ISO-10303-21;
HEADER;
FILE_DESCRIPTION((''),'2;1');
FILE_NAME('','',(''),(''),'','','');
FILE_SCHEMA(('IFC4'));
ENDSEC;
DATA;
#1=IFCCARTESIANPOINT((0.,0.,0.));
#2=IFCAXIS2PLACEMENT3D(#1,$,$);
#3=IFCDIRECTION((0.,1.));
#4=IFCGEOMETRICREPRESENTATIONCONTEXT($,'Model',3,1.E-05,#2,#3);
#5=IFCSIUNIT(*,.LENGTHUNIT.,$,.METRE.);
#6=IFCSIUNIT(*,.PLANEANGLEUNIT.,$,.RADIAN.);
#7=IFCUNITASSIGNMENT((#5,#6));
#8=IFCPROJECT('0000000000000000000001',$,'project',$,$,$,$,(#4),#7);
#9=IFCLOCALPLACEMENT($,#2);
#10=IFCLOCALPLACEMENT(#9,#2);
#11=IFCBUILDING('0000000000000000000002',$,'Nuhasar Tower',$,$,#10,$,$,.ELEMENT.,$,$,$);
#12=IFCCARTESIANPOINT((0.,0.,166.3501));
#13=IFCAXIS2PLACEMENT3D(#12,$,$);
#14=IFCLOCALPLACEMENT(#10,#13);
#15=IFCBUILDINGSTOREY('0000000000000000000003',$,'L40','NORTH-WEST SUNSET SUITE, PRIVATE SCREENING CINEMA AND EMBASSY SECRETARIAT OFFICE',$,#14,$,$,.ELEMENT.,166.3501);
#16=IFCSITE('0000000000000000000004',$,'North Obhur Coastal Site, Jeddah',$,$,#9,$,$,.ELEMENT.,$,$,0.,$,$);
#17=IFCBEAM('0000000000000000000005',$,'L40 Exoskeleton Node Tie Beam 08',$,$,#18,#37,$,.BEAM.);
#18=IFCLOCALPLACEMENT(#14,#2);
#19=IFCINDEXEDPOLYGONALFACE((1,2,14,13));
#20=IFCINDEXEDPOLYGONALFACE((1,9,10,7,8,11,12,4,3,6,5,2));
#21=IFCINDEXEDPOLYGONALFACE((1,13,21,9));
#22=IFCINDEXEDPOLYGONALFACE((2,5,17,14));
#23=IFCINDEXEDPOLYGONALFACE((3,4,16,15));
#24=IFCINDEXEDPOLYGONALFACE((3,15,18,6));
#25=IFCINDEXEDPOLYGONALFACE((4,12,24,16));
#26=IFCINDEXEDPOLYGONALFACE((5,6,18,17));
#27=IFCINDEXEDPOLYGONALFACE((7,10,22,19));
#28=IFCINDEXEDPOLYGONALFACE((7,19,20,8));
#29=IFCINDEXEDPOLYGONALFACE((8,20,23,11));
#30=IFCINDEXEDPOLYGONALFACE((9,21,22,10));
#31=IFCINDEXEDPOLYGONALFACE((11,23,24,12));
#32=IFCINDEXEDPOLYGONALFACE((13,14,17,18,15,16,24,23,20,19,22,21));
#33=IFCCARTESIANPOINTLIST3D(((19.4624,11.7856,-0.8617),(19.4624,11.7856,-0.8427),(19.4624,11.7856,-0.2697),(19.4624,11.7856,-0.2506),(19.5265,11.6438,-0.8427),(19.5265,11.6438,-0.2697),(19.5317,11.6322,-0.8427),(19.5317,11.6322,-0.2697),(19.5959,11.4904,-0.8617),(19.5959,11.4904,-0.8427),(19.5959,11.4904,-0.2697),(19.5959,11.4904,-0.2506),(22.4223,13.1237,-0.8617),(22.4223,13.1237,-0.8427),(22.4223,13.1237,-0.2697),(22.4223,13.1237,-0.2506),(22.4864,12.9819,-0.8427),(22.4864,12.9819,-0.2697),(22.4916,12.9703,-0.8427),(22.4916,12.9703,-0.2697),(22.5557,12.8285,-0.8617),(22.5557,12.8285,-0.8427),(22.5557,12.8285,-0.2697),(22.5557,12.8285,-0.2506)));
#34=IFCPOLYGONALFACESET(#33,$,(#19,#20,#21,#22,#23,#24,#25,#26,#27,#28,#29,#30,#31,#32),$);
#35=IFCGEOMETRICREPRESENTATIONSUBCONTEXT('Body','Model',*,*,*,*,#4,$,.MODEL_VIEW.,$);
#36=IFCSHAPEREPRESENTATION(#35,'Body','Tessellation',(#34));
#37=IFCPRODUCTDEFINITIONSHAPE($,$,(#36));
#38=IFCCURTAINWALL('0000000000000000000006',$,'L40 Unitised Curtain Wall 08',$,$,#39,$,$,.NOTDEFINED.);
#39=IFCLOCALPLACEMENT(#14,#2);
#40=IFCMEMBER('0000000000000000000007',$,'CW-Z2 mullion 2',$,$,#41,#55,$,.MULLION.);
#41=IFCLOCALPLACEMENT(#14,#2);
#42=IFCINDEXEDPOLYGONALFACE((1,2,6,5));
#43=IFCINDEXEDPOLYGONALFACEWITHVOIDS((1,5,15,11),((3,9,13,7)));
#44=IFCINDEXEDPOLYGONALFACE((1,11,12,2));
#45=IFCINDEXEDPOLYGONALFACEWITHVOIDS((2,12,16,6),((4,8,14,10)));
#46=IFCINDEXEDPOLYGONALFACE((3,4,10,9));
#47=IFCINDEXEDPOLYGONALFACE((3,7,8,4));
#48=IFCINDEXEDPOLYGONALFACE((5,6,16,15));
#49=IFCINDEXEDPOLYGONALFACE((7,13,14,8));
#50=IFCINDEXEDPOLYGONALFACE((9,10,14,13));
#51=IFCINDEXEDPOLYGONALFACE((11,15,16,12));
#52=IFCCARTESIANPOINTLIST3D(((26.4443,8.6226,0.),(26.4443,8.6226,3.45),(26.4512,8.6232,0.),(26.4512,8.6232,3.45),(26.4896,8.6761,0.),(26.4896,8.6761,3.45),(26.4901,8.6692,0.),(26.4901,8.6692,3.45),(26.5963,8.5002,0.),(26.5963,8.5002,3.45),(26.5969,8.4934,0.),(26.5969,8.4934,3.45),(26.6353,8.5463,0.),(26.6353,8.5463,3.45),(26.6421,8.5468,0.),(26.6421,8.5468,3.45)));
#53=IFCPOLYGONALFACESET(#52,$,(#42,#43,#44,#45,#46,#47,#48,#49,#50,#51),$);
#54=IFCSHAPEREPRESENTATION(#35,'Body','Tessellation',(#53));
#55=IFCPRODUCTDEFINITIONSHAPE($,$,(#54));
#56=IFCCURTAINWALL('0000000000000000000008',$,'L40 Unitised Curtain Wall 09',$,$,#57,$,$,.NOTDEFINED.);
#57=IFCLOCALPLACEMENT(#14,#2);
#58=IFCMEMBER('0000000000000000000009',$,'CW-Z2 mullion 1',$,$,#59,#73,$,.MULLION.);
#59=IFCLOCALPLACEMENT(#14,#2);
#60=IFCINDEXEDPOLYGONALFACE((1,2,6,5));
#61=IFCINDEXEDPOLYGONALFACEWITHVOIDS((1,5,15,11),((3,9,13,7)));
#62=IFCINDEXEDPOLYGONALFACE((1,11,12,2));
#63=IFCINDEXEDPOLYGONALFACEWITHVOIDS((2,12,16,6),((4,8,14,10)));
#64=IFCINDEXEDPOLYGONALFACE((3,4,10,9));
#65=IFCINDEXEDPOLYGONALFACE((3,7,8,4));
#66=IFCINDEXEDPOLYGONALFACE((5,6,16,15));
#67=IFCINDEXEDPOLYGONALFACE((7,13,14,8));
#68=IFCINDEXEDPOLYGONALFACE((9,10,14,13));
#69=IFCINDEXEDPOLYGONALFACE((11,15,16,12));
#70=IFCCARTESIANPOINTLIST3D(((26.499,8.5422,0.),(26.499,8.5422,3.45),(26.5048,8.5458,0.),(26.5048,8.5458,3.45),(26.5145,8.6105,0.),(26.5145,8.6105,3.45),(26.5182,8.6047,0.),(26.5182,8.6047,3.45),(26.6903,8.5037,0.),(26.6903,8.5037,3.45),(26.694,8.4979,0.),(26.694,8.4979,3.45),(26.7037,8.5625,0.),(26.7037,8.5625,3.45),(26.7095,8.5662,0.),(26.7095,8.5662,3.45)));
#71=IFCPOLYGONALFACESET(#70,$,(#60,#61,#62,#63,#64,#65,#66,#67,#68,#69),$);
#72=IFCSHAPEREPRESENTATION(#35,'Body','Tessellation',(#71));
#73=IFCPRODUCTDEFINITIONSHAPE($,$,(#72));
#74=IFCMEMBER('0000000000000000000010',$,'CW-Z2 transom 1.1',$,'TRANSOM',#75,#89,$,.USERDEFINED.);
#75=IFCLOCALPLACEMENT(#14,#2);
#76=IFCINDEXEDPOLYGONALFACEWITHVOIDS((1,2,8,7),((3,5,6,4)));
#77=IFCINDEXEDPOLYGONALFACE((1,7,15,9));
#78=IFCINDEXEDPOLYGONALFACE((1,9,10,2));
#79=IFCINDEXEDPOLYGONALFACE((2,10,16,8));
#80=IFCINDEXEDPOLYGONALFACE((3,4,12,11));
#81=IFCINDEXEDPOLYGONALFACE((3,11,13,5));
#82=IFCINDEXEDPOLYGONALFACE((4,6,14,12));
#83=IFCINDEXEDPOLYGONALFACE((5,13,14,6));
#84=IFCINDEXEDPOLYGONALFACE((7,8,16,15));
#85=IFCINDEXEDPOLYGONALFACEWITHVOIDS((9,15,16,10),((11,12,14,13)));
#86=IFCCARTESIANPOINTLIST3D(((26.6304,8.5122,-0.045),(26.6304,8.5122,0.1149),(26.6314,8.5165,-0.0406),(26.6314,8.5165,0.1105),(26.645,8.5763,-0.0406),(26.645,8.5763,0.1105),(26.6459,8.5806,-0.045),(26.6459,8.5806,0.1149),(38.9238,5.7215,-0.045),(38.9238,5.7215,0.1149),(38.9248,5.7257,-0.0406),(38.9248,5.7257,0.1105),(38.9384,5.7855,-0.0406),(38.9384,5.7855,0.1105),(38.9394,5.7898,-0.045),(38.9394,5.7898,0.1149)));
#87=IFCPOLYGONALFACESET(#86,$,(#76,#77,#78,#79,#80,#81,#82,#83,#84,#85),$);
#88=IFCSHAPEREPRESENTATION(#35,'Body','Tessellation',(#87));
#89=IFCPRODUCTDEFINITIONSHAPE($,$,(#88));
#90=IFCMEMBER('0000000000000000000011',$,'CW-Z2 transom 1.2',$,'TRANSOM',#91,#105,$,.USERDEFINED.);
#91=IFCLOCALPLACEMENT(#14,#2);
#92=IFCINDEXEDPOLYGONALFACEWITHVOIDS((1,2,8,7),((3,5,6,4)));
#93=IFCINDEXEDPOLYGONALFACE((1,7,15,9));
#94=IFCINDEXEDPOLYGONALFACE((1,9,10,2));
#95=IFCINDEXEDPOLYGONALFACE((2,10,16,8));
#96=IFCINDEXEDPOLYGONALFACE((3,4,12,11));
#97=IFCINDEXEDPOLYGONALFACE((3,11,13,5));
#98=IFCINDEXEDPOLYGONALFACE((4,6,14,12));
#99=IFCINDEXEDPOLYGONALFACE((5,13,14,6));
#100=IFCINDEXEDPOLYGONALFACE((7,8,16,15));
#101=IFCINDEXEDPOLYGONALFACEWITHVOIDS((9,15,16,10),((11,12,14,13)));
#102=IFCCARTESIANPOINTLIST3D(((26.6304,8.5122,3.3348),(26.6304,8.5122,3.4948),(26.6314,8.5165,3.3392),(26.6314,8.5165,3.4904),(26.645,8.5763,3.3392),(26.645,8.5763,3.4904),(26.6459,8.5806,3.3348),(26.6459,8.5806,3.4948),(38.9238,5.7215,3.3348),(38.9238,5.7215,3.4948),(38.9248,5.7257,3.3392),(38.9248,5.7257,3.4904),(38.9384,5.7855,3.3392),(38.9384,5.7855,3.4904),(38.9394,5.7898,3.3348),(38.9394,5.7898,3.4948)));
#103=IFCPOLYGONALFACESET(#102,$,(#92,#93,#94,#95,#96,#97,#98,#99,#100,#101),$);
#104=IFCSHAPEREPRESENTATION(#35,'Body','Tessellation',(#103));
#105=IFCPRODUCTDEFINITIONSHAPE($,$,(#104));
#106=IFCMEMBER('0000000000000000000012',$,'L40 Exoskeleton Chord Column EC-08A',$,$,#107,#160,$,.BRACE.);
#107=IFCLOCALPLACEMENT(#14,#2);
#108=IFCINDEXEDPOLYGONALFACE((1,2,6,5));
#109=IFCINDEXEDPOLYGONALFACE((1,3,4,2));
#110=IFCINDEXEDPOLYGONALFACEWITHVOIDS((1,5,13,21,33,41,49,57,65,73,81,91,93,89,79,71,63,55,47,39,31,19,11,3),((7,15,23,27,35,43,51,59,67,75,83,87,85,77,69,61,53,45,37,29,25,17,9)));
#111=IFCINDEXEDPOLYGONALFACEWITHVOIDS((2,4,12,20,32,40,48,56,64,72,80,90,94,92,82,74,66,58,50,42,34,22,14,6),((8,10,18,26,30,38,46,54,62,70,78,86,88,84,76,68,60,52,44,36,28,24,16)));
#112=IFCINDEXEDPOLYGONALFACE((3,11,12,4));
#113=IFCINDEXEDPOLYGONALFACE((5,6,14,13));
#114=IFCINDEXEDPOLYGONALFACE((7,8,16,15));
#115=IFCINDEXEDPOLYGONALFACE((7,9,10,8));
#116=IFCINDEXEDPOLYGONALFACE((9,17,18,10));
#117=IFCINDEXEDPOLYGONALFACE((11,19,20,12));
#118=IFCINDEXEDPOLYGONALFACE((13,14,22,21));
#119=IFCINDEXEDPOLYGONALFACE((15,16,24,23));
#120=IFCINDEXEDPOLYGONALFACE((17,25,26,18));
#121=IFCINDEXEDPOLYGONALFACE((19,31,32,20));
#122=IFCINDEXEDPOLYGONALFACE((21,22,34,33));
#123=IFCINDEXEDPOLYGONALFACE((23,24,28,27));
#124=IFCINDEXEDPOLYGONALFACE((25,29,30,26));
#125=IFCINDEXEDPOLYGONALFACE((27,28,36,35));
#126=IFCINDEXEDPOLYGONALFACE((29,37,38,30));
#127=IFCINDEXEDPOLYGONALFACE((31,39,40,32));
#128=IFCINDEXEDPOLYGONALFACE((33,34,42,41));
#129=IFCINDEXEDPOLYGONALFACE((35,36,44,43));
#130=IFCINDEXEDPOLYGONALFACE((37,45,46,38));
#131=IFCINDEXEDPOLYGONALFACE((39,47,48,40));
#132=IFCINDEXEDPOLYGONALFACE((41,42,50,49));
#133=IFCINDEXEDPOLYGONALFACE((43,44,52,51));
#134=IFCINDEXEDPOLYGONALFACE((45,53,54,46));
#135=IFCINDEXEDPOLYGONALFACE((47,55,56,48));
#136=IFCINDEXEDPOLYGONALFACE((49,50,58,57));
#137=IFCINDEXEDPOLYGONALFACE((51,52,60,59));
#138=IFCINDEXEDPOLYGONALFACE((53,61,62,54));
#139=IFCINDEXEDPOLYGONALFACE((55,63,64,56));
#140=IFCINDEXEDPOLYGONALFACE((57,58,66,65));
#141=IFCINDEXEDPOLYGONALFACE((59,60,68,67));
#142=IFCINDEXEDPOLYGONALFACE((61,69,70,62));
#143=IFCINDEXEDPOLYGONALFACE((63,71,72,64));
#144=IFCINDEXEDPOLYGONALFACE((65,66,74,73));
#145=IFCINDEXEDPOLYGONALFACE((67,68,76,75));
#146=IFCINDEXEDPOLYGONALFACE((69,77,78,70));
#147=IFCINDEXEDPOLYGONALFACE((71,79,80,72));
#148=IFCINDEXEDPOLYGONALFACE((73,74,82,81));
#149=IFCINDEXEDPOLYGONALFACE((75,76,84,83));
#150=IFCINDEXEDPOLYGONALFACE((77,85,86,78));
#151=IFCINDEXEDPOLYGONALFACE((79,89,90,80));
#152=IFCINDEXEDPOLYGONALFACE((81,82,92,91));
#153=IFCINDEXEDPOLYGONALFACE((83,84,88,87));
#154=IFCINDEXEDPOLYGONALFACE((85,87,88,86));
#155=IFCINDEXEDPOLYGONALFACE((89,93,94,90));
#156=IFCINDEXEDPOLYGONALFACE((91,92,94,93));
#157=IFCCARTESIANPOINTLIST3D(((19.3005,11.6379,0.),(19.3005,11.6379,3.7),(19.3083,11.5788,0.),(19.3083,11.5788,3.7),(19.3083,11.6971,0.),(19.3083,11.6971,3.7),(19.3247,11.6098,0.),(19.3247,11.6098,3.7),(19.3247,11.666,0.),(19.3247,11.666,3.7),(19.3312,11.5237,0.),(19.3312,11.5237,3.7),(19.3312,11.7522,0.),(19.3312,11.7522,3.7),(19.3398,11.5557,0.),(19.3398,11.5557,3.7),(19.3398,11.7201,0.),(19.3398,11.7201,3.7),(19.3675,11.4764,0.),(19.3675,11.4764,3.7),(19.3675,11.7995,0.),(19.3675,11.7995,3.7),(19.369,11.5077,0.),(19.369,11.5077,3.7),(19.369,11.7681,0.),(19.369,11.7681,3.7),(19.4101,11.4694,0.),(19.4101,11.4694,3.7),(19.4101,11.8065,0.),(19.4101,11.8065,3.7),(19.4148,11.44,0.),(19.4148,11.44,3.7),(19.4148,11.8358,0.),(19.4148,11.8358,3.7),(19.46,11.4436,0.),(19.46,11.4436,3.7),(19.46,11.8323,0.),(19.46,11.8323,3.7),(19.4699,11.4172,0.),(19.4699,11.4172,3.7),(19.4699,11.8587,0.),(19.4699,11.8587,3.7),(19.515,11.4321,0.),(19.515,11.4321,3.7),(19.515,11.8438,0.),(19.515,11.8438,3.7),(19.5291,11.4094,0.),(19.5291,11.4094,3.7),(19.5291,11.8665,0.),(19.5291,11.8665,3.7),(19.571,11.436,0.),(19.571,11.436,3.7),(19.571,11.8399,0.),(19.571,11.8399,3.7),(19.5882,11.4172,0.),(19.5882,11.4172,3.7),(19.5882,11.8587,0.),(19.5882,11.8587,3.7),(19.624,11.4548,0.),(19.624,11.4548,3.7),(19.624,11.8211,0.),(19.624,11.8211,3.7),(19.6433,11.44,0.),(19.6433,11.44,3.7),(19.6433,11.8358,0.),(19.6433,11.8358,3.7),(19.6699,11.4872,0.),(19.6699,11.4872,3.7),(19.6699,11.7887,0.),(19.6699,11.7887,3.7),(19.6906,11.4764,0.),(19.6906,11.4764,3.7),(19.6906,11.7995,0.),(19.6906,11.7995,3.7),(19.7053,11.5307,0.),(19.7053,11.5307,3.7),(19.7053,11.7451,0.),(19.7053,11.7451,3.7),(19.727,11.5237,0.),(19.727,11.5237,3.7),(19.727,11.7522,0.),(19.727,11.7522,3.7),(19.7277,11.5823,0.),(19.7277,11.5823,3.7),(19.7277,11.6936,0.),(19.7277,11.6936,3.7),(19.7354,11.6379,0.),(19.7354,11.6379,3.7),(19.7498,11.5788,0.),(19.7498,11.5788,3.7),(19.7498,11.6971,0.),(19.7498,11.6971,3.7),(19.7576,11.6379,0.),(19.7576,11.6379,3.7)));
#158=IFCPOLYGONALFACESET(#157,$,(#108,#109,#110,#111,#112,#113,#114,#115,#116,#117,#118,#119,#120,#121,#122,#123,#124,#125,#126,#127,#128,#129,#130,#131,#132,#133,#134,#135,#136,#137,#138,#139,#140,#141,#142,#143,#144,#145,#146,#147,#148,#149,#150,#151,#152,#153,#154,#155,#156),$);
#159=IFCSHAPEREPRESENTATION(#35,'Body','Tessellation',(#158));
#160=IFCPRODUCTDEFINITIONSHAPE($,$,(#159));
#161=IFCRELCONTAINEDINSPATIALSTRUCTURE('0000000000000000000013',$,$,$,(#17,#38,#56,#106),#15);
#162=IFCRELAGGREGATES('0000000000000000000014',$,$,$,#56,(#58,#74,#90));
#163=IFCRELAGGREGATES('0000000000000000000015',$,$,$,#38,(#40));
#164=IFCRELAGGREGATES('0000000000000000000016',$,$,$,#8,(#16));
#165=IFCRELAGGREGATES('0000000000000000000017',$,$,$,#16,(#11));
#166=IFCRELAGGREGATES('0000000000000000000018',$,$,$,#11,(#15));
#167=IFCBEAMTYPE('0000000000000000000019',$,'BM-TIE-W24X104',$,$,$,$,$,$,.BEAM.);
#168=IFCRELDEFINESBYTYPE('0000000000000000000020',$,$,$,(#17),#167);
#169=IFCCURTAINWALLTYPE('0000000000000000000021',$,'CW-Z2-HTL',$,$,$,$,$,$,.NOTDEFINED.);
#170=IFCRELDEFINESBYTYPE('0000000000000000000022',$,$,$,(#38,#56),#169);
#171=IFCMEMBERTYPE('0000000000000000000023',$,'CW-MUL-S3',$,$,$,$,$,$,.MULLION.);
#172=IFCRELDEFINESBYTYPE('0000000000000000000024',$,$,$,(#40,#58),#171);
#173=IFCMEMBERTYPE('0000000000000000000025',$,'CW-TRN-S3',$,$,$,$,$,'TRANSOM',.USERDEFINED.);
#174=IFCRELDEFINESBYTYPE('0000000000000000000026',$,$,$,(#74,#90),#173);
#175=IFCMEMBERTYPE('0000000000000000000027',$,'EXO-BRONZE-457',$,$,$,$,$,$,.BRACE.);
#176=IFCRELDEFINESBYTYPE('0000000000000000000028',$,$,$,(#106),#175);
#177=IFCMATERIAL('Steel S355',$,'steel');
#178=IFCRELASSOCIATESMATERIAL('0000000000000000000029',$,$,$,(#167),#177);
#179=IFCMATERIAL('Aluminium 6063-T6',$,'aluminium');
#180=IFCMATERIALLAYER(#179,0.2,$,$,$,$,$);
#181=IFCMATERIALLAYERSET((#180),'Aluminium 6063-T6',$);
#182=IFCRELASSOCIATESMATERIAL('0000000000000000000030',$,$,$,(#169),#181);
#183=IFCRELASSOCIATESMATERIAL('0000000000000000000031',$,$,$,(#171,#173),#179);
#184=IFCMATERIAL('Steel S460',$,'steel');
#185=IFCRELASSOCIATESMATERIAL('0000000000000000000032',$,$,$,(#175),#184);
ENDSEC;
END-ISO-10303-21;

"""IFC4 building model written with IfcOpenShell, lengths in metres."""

from ifc_helpers import new_model, si_unit, direction, frame, origin, origin_2d, place, context, subcontext, project, spatial, hollow_rectangle, hollow_circle, i_section, extrude, material, layer, layer_set, material_profile, profile_set, type_object, element, aggregate, save


model = new_model("IFC4")

# Units and contexts
model_context = context("Model", 3, precision=1e-05, world=origin(), true_north=direction((0.0, 1.0)))
body_context = subcontext(model_context, "Body", "Model", "MODEL_VIEW")
ifc_project = project(units=[si_unit("LENGTHUNIT", "METRE"), si_unit("PLANEANGLEUNIT", "RADIAN")], contexts=[model_context])

# Site, building, storey
site_placement = place(None, origin())
site = spatial("IfcSite", under=ifc_project, at=site_placement, Name="North Obhur Coastal Site, Jeddah", CompositionType="ELEMENT", RefElevation=0.0)
building_placement = place(site_placement, origin())
building = spatial("IfcBuilding", under=site, at=building_placement, Name="Nuhasar Tower", CompositionType="ELEMENT")
storey_placement = place(building_placement, frame((0.0, 0.0, 166.3501)))
storey = spatial("IfcBuildingStorey", under=building, at=storey_placement, Name="L40", Description="NORTH-WEST SUNSET SUITE, PRIVATE SCREENING CINEMA AND EMBASSY SECRETARIAT OFFICE", CompositionType="ELEMENT", Elevation=166.3501)

# Beam
ifc_material_1 = material(Name="Steel S355", Category="steel")
ifc_material_profile_1 = material_profile(ifc_material_1, i_section(OverallWidth=0.324, OverallDepth=0.6111, WebThickness=0.0127, FlangeThickness=0.019, at=origin_2d()), Name="W24X104")
ifc_profile_set_1 = profile_set([ifc_material_profile_1], Name="Steel S355")
beam_type_1 = type_object("IfcBeamType", Name="BM-TIE-W24X104", PredefinedType="BEAM", material=ifc_profile_set_1)
beam_1_placement = place(storey_placement, frame((22.489, 12.9761, -0.5562), z_axis=(-0.911211, -0.411939, 0.0), x_axis=(0.411939, -0.911211, 0.0)))
element("IfcBeam", 1, at=beam_1_placement, inside=storey, type_object=beam_type_1, Name="L40 Exoskeleton Node Tie Beam 08", PredefinedType="BEAM", context=body_context, shape_type="SweptSolid", body=[
    extrude(i_section(OverallWidth=0.324, OverallDepth=0.6111, WebThickness=0.0127, FlangeThickness=0.019, at=origin_2d()), origin(), (0.0, 0.0, 1.0), 3.2483),
])

# Curtain wall, member
ifc_material_2 = material(Name="Aluminium 6063-T6", Category="aluminium")
ifc_layer_1 = layer(ifc_material_2, 0.2)
ifc_layer_set_1 = layer_set([ifc_layer_1], Name="Aluminium 6063-T6")
curtain_wall_type = type_object("IfcCurtainWallType", Name="CW-Z2-HTL", PredefinedType="NOTDEFINED", material=ifc_layer_set_1)
curtain_wall_1_placement = place(storey_placement, origin())
curtain_wall_1 = element("IfcCurtainWall", 2, at=curtain_wall_1_placement, inside=storey, type_object=curtain_wall_type, Name="L40 Unitised Curtain Wall 08", PredefinedType="NOTDEFINED")
ifc_material_profile_2 = material_profile(ifc_material_2, hollow_rectangle(XDim=0.0701, YDim=0.2, WallThickness=0.0049, at=origin_2d()), Name="CWM-3")
ifc_profile_set_2 = profile_set([ifc_material_profile_2], Name="Aluminium 6063-T6")
member_type_1 = type_object("IfcMemberType", Name="CW-MUL-S3", PredefinedType="MULLION", material=ifc_profile_set_2)
member_1_placement = place(storey_placement, frame((26.5432, 8.5847, 0.0), z_axis=(0.0, 0.0, 1.0), x_axis=(0.646374, 0.76302, 0.0)))
member_1 = element("IfcMember", 3, at=member_1_placement, type_object=member_type_1, Name="CW-Z2 mullion 2", PredefinedType="MULLION", context=body_context, shape_type="SweptSolid", body=[
    extrude(hollow_rectangle(XDim=0.0701, YDim=0.2, WallThickness=0.0049, at=origin_2d()), origin(), (0.0, 0.0, 1.0), 3.45),
])

# Curtain wall, members
curtain_wall_2_placement = place(storey_placement, origin())
curtain_wall_2 = element("IfcCurtainWall", 4, at=curtain_wall_2_placement, inside=storey, type_object=curtain_wall_type, Name="L40 Unitised Curtain Wall 09", PredefinedType="NOTDEFINED")
member_2_placement = place(storey_placement, frame((26.6042, 8.5542, 0.0), z_axis=(0.0, 0.0, 1.0), x_axis=(0.221397, 0.975184, 0.0)))
member_2 = element("IfcMember", 5, at=member_2_placement, type_object=member_type_1, Name="CW-Z2 mullion 1", PredefinedType="MULLION", context=body_context, shape_type="SweptSolid", body=[
    extrude(hollow_rectangle(XDim=0.0701, YDim=0.2, WallThickness=0.0049, at=origin_2d()), origin(), (0.0, 0.0, 1.0), 3.45),
])
ifc_material_profile_3 = material_profile(ifc_material_2, hollow_rectangle(XDim=0.0701, YDim=0.1599, WallThickness=0.0044, at=origin_2d()), Name="CWT-3")
ifc_profile_set_3 = profile_set([ifc_material_profile_3], Name="Aluminium 6063-T6")
member_type_2 = type_object("IfcMemberType", Name="CW-TRN-S3", ElementType="TRANSOM", PredefinedType="USERDEFINED", material=ifc_profile_set_3)
member_3_placement = place(storey_placement, frame((26.6382, 8.5464, 0.0349), z_axis=(0.975188, -0.22138, 0.0), x_axis=(0.22138, 0.975188, 0.0)))
member_3 = element("IfcMember", 6, at=member_3_placement, type_object=member_type_2, Name="CW-Z2 transom 1.1", ObjectType="TRANSOM", PredefinedType="USERDEFINED", context=body_context, shape_type="SweptSolid", body=[
    extrude(hollow_rectangle(XDim=0.0701, YDim=0.1599, WallThickness=0.0044, at=origin_2d()), origin(), (0.0, 0.0, 1.0), 12.6062),
])
member_4_placement = place(storey_placement, frame((26.6382, 8.5464, 3.4148), z_axis=(0.975188, -0.22138, 0.0), x_axis=(0.22138, 0.975188, 0.0)))
member_4 = element("IfcMember", 7, at=member_4_placement, type_object=member_type_2, Name="CW-Z2 transom 1.2", ObjectType="TRANSOM", PredefinedType="USERDEFINED", context=body_context, shape_type="SweptSolid", body=[
    extrude(hollow_rectangle(XDim=0.0701, YDim=0.1599, WallThickness=0.0044, at=origin_2d()), origin(), (0.0, 0.0, 1.0), 12.6062),
])
aggregate(curtain_wall_2, [member_2, member_3, member_4])

# Member
ifc_material_3 = material(Name="Steel S460", Category="steel")
ifc_material_profile_4 = material_profile(ifc_material_3, hollow_circle(Radius=0.2285, WallThickness=0.0222, at=origin_2d()), Name="HSS457X22.2")
ifc_profile_set_4 = profile_set([ifc_material_profile_4], Name="Steel S460")
member_type_3 = type_object("IfcMemberType", Name="EXO-BRONZE-457", PredefinedType="BRACE", material=ifc_profile_set_4)
for number, where, z_axis, x_axis, name in (
    (8, (19.5291, 11.6379, 0.0), (0.0, 0.0, 1.0), (1.0, 0.0, 0.0), "L40 Exoskeleton Chord Column EC-08A"),
):
    element("IfcMember", number, at=place(storey_placement, frame(where, z_axis=z_axis, x_axis=x_axis)), inside=storey, type_object=member_type_3, Name=name, PredefinedType="BRACE", context=body_context, shape_type="SweptSolid", body=[
        extrude(hollow_circle(Radius=0.2285, WallThickness=0.0222, at=origin_2d()), origin(), (0.0, 0.0, 1.0), 3.7),
    ])

aggregate(curtain_wall_1, [member_1])

save(model, "model.ifc")
